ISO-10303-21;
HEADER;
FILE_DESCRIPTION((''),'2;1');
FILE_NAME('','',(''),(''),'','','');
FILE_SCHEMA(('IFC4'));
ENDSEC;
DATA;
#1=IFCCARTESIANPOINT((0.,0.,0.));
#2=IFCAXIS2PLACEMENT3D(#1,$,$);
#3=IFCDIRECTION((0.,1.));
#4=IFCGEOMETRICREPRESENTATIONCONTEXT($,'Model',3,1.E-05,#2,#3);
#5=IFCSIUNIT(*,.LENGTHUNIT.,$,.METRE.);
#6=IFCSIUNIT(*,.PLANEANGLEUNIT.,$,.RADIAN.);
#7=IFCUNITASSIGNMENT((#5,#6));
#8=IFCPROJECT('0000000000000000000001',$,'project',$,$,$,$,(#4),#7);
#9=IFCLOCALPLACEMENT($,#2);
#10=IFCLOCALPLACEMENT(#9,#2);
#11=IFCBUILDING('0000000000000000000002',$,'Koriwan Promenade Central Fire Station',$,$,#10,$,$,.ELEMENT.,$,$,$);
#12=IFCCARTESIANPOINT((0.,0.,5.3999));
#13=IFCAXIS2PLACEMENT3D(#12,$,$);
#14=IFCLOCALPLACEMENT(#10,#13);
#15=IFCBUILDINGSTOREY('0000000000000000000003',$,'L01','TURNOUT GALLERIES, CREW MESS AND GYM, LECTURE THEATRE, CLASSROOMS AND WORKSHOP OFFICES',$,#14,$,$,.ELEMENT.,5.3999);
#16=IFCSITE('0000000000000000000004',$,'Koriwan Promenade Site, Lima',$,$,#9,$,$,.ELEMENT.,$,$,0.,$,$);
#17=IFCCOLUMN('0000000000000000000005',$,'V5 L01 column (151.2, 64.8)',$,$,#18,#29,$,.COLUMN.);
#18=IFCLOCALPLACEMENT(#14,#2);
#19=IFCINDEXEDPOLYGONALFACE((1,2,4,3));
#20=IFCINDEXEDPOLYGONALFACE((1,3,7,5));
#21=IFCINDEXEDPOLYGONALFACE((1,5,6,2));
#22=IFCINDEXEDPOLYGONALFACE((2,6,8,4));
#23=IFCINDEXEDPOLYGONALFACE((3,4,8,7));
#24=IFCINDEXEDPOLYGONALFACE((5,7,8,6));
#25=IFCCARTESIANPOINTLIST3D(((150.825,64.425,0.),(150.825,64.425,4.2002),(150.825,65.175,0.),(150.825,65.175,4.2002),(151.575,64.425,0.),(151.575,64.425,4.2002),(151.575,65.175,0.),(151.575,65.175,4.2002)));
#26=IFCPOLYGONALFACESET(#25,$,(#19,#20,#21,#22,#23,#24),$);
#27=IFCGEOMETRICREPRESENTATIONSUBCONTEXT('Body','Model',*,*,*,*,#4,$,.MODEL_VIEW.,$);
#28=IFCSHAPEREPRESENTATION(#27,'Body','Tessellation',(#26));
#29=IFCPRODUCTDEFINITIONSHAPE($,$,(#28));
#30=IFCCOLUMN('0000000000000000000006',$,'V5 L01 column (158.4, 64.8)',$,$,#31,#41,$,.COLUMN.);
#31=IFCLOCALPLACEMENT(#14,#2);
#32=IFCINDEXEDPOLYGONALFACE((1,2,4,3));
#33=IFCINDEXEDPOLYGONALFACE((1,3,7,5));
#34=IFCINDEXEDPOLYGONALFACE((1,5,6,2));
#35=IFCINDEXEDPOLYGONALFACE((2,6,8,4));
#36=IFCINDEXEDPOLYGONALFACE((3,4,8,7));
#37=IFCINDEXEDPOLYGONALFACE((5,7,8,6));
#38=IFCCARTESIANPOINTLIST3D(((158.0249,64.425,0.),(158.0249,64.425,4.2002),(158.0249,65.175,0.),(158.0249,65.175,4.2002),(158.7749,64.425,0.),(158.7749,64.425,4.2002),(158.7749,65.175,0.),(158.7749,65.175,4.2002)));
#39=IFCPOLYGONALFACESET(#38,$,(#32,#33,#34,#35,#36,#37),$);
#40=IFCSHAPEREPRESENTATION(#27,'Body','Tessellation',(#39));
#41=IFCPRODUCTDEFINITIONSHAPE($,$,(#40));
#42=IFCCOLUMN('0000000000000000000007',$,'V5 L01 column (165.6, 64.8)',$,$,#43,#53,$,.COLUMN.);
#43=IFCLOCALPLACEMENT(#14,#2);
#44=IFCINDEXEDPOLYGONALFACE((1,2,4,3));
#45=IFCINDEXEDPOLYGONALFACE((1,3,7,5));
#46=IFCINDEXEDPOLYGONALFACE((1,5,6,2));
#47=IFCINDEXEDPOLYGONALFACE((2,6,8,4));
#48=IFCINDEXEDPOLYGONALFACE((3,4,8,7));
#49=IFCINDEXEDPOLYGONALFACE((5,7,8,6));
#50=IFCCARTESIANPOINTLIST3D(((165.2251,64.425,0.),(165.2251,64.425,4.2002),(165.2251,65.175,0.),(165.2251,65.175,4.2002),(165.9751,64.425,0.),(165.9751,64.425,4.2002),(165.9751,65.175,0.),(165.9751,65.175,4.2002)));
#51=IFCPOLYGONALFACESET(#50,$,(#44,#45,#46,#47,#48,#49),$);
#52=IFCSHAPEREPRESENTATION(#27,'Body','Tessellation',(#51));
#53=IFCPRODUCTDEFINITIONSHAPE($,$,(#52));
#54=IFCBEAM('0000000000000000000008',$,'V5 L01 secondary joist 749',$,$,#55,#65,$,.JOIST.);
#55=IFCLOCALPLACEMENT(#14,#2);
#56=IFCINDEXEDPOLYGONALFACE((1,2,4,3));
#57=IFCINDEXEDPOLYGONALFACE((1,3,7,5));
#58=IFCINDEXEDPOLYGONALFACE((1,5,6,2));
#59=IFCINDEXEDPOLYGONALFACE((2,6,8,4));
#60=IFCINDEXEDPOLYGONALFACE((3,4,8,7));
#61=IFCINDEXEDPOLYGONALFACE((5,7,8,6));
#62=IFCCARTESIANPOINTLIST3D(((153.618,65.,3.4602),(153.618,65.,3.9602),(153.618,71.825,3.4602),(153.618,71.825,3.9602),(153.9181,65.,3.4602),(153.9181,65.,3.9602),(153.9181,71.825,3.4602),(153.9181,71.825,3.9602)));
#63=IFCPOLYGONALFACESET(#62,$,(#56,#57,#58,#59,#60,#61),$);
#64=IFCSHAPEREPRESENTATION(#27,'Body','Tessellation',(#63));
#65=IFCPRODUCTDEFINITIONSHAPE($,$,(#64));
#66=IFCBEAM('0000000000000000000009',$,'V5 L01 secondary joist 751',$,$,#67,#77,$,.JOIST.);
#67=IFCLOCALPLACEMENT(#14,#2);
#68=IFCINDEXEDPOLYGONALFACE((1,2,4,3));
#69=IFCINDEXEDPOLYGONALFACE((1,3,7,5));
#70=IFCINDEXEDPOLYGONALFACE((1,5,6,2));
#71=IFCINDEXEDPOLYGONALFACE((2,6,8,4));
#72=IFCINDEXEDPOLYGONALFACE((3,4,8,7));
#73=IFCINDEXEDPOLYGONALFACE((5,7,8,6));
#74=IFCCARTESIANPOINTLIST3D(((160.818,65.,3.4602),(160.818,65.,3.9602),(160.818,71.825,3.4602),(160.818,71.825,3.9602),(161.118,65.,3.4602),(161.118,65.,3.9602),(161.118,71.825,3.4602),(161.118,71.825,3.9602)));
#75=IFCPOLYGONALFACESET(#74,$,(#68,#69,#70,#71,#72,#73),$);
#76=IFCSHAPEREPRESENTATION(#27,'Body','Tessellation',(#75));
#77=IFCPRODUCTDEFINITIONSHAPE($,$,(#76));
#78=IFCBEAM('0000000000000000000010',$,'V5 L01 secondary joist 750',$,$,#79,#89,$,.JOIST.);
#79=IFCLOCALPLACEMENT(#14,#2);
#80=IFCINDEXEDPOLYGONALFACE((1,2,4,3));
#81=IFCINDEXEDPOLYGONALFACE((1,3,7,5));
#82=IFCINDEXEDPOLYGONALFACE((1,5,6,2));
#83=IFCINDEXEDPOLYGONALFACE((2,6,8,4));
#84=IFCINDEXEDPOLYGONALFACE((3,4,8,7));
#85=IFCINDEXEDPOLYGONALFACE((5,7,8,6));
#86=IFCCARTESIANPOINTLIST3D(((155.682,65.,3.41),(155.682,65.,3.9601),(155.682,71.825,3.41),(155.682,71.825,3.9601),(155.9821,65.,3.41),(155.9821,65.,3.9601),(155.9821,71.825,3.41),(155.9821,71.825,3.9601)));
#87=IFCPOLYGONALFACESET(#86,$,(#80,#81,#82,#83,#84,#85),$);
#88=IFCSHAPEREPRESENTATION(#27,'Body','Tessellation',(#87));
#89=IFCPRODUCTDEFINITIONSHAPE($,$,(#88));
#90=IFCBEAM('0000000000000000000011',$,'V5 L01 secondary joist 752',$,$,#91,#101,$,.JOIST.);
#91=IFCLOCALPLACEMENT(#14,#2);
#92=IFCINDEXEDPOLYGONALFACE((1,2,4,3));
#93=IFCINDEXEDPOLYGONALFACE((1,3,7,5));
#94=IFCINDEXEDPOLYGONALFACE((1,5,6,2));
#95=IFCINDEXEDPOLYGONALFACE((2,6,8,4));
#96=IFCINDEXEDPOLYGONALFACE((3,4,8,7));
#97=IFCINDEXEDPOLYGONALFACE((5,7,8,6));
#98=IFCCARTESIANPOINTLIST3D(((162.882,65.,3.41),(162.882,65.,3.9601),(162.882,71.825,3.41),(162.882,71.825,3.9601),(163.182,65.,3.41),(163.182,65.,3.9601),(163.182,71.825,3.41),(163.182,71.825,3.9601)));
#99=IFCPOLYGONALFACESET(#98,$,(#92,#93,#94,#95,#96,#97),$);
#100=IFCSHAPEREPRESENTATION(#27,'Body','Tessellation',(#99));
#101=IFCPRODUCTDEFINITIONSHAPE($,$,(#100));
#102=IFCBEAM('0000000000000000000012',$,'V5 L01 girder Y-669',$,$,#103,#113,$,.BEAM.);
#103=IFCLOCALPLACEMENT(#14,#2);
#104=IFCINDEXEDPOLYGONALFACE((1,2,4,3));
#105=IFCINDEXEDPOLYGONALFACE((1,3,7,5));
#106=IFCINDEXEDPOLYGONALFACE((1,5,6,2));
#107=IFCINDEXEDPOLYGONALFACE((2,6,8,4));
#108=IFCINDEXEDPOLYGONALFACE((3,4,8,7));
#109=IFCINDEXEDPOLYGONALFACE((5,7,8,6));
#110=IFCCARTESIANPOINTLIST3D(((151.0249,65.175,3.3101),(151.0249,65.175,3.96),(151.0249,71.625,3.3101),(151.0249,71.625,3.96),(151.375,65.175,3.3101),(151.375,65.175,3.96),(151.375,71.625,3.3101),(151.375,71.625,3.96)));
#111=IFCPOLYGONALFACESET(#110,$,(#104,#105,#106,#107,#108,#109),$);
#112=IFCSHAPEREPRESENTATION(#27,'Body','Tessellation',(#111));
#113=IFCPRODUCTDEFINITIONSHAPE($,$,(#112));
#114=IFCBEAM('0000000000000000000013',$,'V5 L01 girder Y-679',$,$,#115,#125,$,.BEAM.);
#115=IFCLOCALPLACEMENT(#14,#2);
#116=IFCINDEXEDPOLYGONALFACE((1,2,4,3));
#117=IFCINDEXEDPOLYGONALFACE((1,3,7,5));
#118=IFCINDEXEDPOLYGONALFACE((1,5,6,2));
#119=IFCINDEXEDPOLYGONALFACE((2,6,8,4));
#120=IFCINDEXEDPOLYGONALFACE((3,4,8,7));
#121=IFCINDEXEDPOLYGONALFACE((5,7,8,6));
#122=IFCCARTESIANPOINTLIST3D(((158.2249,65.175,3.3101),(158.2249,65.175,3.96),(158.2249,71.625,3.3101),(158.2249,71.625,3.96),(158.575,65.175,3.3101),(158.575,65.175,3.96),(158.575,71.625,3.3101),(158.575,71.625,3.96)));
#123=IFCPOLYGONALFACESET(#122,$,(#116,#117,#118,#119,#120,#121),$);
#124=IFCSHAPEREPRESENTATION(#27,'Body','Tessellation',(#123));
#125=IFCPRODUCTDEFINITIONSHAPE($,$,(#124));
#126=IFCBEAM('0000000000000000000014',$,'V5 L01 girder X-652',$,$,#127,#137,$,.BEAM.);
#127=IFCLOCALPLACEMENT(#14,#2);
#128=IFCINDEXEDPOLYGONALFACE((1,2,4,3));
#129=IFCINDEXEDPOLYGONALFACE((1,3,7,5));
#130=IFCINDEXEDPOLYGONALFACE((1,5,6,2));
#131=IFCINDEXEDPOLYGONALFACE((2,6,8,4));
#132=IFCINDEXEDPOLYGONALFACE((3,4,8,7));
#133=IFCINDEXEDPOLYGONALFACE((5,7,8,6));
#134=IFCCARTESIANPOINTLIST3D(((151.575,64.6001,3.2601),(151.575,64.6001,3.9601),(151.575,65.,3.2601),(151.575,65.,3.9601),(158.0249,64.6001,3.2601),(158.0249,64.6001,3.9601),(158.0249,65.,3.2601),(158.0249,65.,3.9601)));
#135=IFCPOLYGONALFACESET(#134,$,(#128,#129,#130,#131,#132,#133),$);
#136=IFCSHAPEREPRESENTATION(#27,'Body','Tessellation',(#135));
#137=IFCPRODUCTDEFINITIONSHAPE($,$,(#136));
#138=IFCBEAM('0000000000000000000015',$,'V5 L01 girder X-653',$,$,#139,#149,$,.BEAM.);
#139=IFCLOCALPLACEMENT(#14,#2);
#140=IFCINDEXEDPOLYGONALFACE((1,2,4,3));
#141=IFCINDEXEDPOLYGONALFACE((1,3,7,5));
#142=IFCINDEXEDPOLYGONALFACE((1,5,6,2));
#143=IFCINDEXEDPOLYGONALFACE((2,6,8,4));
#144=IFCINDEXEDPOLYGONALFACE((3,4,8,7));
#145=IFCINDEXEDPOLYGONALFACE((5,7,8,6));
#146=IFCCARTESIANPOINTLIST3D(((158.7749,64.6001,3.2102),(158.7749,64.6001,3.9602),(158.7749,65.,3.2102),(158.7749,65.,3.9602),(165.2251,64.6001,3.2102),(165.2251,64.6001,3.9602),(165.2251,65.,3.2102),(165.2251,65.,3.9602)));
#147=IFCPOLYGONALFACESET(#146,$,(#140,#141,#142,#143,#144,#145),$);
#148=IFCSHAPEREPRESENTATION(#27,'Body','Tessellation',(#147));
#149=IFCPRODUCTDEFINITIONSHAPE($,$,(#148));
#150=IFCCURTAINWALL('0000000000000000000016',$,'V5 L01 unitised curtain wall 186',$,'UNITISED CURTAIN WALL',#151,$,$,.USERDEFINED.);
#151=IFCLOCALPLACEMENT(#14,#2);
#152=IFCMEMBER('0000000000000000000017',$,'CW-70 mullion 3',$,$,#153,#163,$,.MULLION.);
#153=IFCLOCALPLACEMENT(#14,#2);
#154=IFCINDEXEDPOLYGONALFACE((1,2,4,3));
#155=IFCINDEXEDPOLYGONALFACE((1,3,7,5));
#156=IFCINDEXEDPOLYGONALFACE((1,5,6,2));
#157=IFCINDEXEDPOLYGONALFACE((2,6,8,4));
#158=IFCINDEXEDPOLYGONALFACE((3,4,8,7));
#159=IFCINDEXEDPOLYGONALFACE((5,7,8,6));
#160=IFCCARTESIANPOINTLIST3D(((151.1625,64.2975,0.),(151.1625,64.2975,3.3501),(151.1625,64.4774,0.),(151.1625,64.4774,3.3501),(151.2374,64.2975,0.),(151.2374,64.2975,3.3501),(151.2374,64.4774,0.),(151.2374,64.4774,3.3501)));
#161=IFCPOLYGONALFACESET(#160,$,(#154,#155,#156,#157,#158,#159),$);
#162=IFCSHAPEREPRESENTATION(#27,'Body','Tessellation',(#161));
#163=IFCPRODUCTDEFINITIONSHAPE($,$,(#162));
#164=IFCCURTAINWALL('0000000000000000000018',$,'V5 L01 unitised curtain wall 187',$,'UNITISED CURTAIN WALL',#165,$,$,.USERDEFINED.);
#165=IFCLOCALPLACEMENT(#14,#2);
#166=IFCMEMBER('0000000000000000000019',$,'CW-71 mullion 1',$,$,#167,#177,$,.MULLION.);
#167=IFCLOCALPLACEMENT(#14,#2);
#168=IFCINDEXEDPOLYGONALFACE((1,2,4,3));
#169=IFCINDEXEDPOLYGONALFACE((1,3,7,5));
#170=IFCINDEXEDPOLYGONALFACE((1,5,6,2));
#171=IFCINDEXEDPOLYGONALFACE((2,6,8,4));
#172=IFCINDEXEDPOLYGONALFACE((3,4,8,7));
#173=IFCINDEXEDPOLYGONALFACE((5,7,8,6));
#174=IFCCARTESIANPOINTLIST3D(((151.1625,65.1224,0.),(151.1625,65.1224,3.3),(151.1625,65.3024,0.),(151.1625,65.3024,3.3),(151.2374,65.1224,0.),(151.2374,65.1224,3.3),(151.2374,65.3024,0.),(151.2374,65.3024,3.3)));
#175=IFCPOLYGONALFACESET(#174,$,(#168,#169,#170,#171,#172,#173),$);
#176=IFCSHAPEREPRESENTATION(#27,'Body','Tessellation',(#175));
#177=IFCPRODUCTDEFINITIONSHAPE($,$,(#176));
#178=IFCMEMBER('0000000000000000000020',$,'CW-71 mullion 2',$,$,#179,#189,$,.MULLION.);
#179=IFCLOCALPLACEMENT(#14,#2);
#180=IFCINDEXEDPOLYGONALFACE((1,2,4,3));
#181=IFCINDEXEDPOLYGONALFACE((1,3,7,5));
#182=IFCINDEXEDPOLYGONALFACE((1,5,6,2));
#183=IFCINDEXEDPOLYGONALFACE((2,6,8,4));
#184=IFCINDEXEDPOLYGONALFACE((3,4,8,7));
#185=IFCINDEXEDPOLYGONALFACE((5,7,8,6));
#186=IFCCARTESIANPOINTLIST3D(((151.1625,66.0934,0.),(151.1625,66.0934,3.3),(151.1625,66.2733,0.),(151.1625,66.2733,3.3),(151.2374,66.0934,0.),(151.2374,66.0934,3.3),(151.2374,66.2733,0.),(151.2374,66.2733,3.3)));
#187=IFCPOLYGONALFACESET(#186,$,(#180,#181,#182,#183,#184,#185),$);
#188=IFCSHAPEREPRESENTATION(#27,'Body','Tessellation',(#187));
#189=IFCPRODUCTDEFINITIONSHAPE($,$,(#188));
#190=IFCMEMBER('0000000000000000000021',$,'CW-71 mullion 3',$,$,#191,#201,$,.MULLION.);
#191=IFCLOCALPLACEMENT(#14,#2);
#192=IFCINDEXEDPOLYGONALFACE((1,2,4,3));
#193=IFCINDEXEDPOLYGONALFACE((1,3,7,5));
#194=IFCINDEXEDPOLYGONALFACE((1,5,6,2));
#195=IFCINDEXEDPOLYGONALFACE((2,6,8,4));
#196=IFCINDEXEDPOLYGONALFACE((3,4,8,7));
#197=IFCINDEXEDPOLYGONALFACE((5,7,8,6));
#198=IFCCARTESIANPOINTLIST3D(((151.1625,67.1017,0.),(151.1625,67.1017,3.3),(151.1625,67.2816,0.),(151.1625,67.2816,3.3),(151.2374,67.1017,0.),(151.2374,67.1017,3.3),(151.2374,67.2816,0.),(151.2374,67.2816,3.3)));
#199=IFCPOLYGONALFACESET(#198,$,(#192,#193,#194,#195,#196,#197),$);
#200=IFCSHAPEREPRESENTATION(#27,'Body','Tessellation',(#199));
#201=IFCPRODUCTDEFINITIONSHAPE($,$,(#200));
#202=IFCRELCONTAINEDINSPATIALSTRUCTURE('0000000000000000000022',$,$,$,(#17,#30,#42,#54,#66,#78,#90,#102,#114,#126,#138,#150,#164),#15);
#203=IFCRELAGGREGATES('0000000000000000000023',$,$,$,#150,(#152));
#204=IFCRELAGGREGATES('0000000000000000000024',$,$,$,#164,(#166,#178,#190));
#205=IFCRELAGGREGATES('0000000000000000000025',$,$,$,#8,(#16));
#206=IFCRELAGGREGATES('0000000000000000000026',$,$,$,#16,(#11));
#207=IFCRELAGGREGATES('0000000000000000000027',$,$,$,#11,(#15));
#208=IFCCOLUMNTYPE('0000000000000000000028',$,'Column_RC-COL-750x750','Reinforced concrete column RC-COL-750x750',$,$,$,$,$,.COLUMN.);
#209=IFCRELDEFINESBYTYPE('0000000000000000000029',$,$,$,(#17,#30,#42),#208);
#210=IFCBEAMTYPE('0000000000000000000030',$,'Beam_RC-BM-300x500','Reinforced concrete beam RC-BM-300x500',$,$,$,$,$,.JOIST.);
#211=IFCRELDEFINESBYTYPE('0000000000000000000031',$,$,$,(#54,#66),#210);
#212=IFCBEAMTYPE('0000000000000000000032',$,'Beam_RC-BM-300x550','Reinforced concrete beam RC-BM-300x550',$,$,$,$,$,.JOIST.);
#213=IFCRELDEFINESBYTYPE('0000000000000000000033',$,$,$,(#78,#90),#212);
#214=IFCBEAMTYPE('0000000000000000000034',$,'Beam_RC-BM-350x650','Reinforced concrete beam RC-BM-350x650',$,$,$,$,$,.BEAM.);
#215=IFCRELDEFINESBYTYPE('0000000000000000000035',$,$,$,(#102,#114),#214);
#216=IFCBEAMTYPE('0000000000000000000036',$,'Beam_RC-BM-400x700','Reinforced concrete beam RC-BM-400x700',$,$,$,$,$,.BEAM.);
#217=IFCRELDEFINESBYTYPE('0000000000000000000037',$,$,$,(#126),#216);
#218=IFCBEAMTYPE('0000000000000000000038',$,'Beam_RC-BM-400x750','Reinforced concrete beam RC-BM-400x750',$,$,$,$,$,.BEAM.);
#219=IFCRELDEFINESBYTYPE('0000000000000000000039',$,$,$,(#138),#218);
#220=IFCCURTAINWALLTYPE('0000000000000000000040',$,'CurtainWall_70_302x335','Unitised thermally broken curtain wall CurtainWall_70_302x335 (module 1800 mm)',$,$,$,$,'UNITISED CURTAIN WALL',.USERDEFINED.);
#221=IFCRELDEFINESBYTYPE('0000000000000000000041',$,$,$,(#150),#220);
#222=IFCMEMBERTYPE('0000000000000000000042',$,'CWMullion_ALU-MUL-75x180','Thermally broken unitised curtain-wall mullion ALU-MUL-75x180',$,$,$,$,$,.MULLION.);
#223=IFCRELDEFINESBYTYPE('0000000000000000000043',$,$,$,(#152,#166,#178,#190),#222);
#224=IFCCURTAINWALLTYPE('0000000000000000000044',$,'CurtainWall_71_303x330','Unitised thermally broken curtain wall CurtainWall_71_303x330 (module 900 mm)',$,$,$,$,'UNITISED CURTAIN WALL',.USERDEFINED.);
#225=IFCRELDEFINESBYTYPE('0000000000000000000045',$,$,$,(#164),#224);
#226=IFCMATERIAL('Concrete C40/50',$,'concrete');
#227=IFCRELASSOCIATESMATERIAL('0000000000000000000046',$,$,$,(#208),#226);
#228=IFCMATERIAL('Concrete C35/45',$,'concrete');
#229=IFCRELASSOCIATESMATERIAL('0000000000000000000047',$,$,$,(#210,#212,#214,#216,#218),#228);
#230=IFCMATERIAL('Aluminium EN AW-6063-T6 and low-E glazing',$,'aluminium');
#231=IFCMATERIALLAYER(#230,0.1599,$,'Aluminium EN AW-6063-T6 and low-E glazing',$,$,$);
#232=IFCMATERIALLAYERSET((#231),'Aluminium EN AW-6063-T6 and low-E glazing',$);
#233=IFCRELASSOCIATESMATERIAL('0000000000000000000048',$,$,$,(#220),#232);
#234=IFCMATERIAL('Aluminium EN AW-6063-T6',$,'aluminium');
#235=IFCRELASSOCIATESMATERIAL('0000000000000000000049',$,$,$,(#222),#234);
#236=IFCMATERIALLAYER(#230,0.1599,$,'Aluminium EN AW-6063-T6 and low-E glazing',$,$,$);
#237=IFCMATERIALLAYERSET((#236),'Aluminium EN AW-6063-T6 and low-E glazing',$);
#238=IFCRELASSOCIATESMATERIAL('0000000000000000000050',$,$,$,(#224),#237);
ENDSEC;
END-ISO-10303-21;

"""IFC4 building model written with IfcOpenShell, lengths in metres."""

from ifc_helpers import new_model, si_unit, direction, frame, origin, origin_2d, place, context, subcontext, project, spatial, rectangle, extrude, material, layer, layer_set, material_profile, profile_set, type_object, element, aggregate, save


model = new_model("IFC4")

# Units and contexts
model_context = context("Model", 3, precision=1e-05, world=origin(), true_north=direction((0.0, 1.0)))
body_context = subcontext(model_context, "Body", "Model", "MODEL_VIEW")
ifc_project = project(units=[si_unit("LENGTHUNIT", "METRE"), si_unit("PLANEANGLEUNIT", "RADIAN")], contexts=[model_context])

# Site, building, storey
site_placement = place(None, origin())
site = spatial("IfcSite", under=ifc_project, at=site_placement, Name="Koriwan Promenade Site, Lima", CompositionType="ELEMENT", RefElevation=0.0)
building_placement = place(site_placement, origin())
building = spatial("IfcBuilding", under=site, at=building_placement, Name="Koriwan Promenade Central Fire Station", CompositionType="ELEMENT")
storey_placement = place(building_placement, frame((0.0, 0.0, 5.3999)))
storey = spatial("IfcBuildingStorey", under=building, at=storey_placement, Name="L01", Description="TURNOUT GALLERIES, CREW MESS AND GYM, LECTURE THEATRE, CLASSROOMS AND WORKSHOP OFFICES", CompositionType="ELEMENT", Elevation=5.3999)

# Columns
ifc_material_1 = material(Name="Concrete C40/50", Category="concrete")
ifc_material_profile_1 = material_profile(ifc_material_1, rectangle(XDim=0.75, YDim=0.75, at=origin_2d()), Name="RC-COL-750x750")
ifc_profile_set_1 = profile_set([ifc_material_profile_1], Name="Concrete C40/50")
column_type = type_object("IfcColumnType", Name="Column_RC-COL-750x750", Description="Reinforced concrete column RC-COL-750x750", PredefinedType="COLUMN", material=ifc_profile_set_1)
for number, where, z_axis, x_axis, name in (
    (1, (151.2, 64.8, 0.0), (0.0, 0.0, 1.0), (1.0, 0.0, 0.0), "V5 L01 column (151.2, 64.8)"),
    (2, (158.3999, 64.8, 0.0), (0.0, 0.0, 1.0), (1.0, 0.0, 0.0), "V5 L01 column (158.4, 64.8)"),
    (3, (165.6001, 64.8, 0.0), (0.0, 0.0, 1.0), (1.0, 0.0, 0.0), "V5 L01 column (165.6, 64.8)"),
):
    element("IfcColumn", number, at=place(storey_placement, frame(where, z_axis=z_axis, x_axis=x_axis)), inside=storey, type_object=column_type, Name=name, PredefinedType="COLUMN", context=body_context, shape_type="SweptSolid", body=[
        extrude(rectangle(XDim=0.75, YDim=0.75, at=origin_2d()), origin(), (0.0, 0.0, 1.0), 4.2002),
    ])

# Beams
ifc_material_2 = material(Name="Concrete C35/45", Category="concrete")
ifc_material_profile_2 = material_profile(ifc_material_2, rectangle(XDim=0.3, YDim=0.5, at=origin_2d()), Name="RC-BM-300x500")
ifc_profile_set_2 = profile_set([ifc_material_profile_2], Name="Concrete C35/45")
beam_type_1 = type_object("IfcBeamType", Name="Beam_RC-BM-300x500", Description="Reinforced concrete beam RC-BM-300x500", PredefinedType="JOIST", material=ifc_profile_set_2)
for number, where, z_axis, x_axis, name in (
    (4, (153.7681, 65.0, 3.7102), (0.0, 1.0, 0.0), (-1.0, 0.0, 0.0), "V5 L01 secondary joist 749"),
    (5, (160.968, 65.0, 3.7102), (0.0, 1.0, 0.0), (-1.0, 0.0, 0.0), "V5 L01 secondary joist 751"),
):
    element("IfcBeam", number, at=place(storey_placement, frame(where, z_axis=z_axis, x_axis=x_axis)), inside=storey, type_object=beam_type_1, Name=name, PredefinedType="JOIST", context=body_context, shape_type="SweptSolid", body=[
        extrude(rectangle(XDim=0.3, YDim=0.5, at=origin_2d()), origin(), (0.0, 0.0, 1.0), 6.825),
    ])
ifc_material_profile_3 = material_profile(ifc_material_2, rectangle(XDim=0.3, YDim=0.55, at=origin_2d()), Name="RC-BM-300x550")
ifc_profile_set_3 = profile_set([ifc_material_profile_3], Name="Concrete C35/45")
beam_type_2 = type_object("IfcBeamType", Name="Beam_RC-BM-300x550", Description="Reinforced concrete beam RC-BM-300x550", PredefinedType="JOIST", material=ifc_profile_set_3)
for number, where, z_axis, x_axis, name in (
    (6, (155.832, 65.0, 3.6851), (0.0, 1.0, 0.0), (-1.0, 0.0, 0.0), "V5 L01 secondary joist 750"),
    (7, (163.032, 65.0, 3.6851), (0.0, 1.0, 0.0), (-1.0, 0.0, 0.0), "V5 L01 secondary joist 752"),
):
    element("IfcBeam", number, at=place(storey_placement, frame(where, z_axis=z_axis, x_axis=x_axis)), inside=storey, type_object=beam_type_2, Name=name, PredefinedType="JOIST", context=body_context, shape_type="SweptSolid", body=[
        extrude(rectangle(XDim=0.3, YDim=0.55, at=origin_2d()), origin(), (0.0, 0.0, 1.0), 6.825),
    ])
ifc_material_profile_4 = material_profile(ifc_material_2, rectangle(XDim=0.3501, YDim=0.6499, at=origin_2d()), Name="RC-BM-350x650")
ifc_profile_set_4 = profile_set([ifc_material_profile_4], Name="Concrete C35/45")
beam_type_3 = type_object("IfcBeamType", Name="Beam_RC-BM-350x650", Description="Reinforced concrete beam RC-BM-350x650", PredefinedType="BEAM", material=ifc_profile_set_4)
for number, where, z_axis, x_axis, name in (
    (8, (151.2, 65.175, 3.635), (0.0, 1.0, 0.0), (-1.0, 0.0, 0.0), "V5 L01 girder Y-669"),
    (9, (158.3999, 65.175, 3.635), (0.0, 1.0, 0.0), (-1.0, 0.0, 0.0), "V5 L01 girder Y-679"),
):
    element("IfcBeam", number, at=place(storey_placement, frame(where, z_axis=z_axis, x_axis=x_axis)), inside=storey, type_object=beam_type_3, Name=name, PredefinedType="BEAM", context=body_context, shape_type="SweptSolid", body=[
        extrude(rectangle(XDim=0.3501, YDim=0.6499, at=origin_2d()), origin(), (0.0, 0.0, 1.0), 6.45),
    ])
ifc_material_profile_5 = material_profile(ifc_material_2, rectangle(XDim=0.3999, YDim=0.7, at=origin_2d()), Name="RC-BM-400x700")
ifc_profile_set_5 = profile_set([ifc_material_profile_5], Name="Concrete C35/45")
beam_type_4 = type_object("IfcBeamType", Name="Beam_RC-BM-400x700", Description="Reinforced concrete beam RC-BM-400x700", PredefinedType="BEAM", material=ifc_profile_set_5)
beam_1_placement = place(storey_placement, frame((151.575, 64.8, 3.6101), z_axis=(1.0, 0.0, 0.0), x_axis=(0.0, 1.0, 0.0)))
element("IfcBeam", 10, at=beam_1_placement, inside=storey, type_object=beam_type_4, Name="V5 L01 girder X-652", PredefinedType="BEAM", context=body_context, shape_type="SweptSolid", body=[
    extrude(rectangle(XDim=0.3999, YDim=0.7, at=origin_2d()), origin(), (0.0, 0.0, 1.0), 6.45),
])
ifc_material_profile_6 = material_profile(ifc_material_2, rectangle(XDim=0.3999, YDim=0.75, at=origin_2d()), Name="RC-BM-400x750")
ifc_profile_set_6 = profile_set([ifc_material_profile_6], Name="Concrete C35/45")
beam_type_5 = type_object("IfcBeamType", Name="Beam_RC-BM-400x750", Description="Reinforced concrete beam RC-BM-400x750", PredefinedType="BEAM", material=ifc_profile_set_6)
beam_2_placement = place(storey_placement, frame((158.7749, 64.8, 3.5852), z_axis=(1.0, 0.0, 0.0), x_axis=(0.0, 1.0, 0.0)))
element("IfcBeam", 11, at=beam_2_placement, inside=storey, type_object=beam_type_5, Name="V5 L01 girder X-653", PredefinedType="BEAM", context=body_context, shape_type="SweptSolid", body=[
    extrude(rectangle(XDim=0.3999, YDim=0.75, at=origin_2d()), origin(), (0.0, 0.0, 1.0), 6.4502),
])

# Curtain wall, member
ifc_material_3 = material(Name="Aluminium EN AW-6063-T6 and low-E glazing", Category="aluminium")
ifc_layer_1 = layer(ifc_material_3, 0.1599, Name="Aluminium EN AW-6063-T6 and low-E glazing")
ifc_layer_set_1 = layer_set([ifc_layer_1], Name="Aluminium EN AW-6063-T6 and low-E glazing")
curtain_wall_type_1 = type_object("IfcCurtainWallType", Name="CurtainWall_70_302x335", Description="Unitised thermally broken curtain wall CurtainWall_70_302x335 (module 1800 mm)", ElementType="UNITISED CURTAIN WALL", PredefinedType="USERDEFINED", material=ifc_layer_set_1)
curtain_wall_1_placement = place(storey_placement, origin())
curtain_wall_1 = element("IfcCurtainWall", 12, at=curtain_wall_1_placement, inside=storey, type_object=curtain_wall_type_1, Name="V5 L01 unitised curtain wall 186", ObjectType="UNITISED CURTAIN WALL", PredefinedType="USERDEFINED")
ifc_material_4 = material(Name="Aluminium EN AW-6063-T6", Category="aluminium")
ifc_material_profile_7 = material_profile(ifc_material_4, rectangle(XDim=0.075, YDim=0.1799, at=origin_2d()), Name="ALU-MUL-75x180")
ifc_profile_set_7 = profile_set([ifc_material_profile_7], Name="Aluminium EN AW-6063-T6")
member_type_1 = type_object("IfcMemberType", Name="CWMullion_ALU-MUL-75x180", Description="Thermally broken unitised curtain-wall mullion ALU-MUL-75x180", PredefinedType="MULLION", material=ifc_profile_set_7)
member_1_placement = place(storey_placement, frame((151.2, 64.3875, 0.0), z_axis=(0.0, 0.0, 1.0), x_axis=(-1.0, 0.0, 0.0)))
member_1 = element("IfcMember", 13, at=member_1_placement, type_object=member_type_1, Name="CW-70 mullion 3", PredefinedType="MULLION", context=body_context, shape_type="SweptSolid", body=[
    extrude(rectangle(XDim=0.075, YDim=0.1799, at=origin_2d()), origin(), (0.0, 0.0, 1.0), 3.3501),
])

# Curtain wall, members
ifc_layer_2 = layer(ifc_material_3, 0.1599, Name="Aluminium EN AW-6063-T6 and low-E glazing")
ifc_layer_set_2 = layer_set([ifc_layer_2], Name="Aluminium EN AW-6063-T6 and low-E glazing")
curtain_wall_type_2 = type_object("IfcCurtainWallType", Name="CurtainWall_71_303x330", Description="Unitised thermally broken curtain wall CurtainWall_71_303x330 (module 900 mm)", ElementType="UNITISED CURTAIN WALL", PredefinedType="USERDEFINED", material=ifc_layer_set_2)
curtain_wall_2_placement = place(storey_placement, origin())
curtain_wall_2 = element("IfcCurtainWall", 14, at=curtain_wall_2_placement, inside=storey, type_object=curtain_wall_type_2, Name="V5 L01 unitised curtain wall 187", ObjectType="UNITISED CURTAIN WALL", PredefinedType="USERDEFINED")
member_2_placement = place(storey_placement, frame((151.2, 65.2124, 0.0), z_axis=(0.0, 0.0, 1.0), x_axis=(-1.0, 0.0, 0.0)))
member_2 = element("IfcMember", 15, at=member_2_placement, type_object=member_type_1, Name="CW-71 mullion 1", PredefinedType="MULLION", context=body_context, shape_type="SweptSolid", body=[
    extrude(rectangle(XDim=0.075, YDim=0.1799, at=origin_2d()), origin(), (0.0, 0.0, 1.0), 3.3),
])
member_3_placement = place(storey_placement, frame((151.2, 66.1833, 0.0), z_axis=(0.0, 0.0, 1.0), x_axis=(-1.0, 0.0, 0.0)))
member_3 = element("IfcMember", 16, at=member_3_placement, type_object=member_type_1, Name="CW-71 mullion 2", PredefinedType="MULLION", context=body_context, shape_type="SweptSolid", body=[
    extrude(rectangle(XDim=0.075, YDim=0.1799, at=origin_2d()), origin(), (0.0, 0.0, 1.0), 3.3),
])
member_4_placement = place(storey_placement, frame((151.2, 67.1917, 0.0), z_axis=(0.0, 0.0, 1.0), x_axis=(-1.0, 0.0, 0.0)))
member_4 = element("IfcMember", 17, at=member_4_placement, type_object=member_type_1, Name="CW-71 mullion 3", PredefinedType="MULLION", context=body_context, shape_type="SweptSolid", body=[
    extrude(rectangle(XDim=0.075, YDim=0.1799, at=origin_2d()), origin(), (0.0, 0.0, 1.0), 3.3),
])

aggregate(curtain_wall_1, [member_1])
aggregate(curtain_wall_2, [member_2, member_3, member_4])

save(model, "model.ifc")
